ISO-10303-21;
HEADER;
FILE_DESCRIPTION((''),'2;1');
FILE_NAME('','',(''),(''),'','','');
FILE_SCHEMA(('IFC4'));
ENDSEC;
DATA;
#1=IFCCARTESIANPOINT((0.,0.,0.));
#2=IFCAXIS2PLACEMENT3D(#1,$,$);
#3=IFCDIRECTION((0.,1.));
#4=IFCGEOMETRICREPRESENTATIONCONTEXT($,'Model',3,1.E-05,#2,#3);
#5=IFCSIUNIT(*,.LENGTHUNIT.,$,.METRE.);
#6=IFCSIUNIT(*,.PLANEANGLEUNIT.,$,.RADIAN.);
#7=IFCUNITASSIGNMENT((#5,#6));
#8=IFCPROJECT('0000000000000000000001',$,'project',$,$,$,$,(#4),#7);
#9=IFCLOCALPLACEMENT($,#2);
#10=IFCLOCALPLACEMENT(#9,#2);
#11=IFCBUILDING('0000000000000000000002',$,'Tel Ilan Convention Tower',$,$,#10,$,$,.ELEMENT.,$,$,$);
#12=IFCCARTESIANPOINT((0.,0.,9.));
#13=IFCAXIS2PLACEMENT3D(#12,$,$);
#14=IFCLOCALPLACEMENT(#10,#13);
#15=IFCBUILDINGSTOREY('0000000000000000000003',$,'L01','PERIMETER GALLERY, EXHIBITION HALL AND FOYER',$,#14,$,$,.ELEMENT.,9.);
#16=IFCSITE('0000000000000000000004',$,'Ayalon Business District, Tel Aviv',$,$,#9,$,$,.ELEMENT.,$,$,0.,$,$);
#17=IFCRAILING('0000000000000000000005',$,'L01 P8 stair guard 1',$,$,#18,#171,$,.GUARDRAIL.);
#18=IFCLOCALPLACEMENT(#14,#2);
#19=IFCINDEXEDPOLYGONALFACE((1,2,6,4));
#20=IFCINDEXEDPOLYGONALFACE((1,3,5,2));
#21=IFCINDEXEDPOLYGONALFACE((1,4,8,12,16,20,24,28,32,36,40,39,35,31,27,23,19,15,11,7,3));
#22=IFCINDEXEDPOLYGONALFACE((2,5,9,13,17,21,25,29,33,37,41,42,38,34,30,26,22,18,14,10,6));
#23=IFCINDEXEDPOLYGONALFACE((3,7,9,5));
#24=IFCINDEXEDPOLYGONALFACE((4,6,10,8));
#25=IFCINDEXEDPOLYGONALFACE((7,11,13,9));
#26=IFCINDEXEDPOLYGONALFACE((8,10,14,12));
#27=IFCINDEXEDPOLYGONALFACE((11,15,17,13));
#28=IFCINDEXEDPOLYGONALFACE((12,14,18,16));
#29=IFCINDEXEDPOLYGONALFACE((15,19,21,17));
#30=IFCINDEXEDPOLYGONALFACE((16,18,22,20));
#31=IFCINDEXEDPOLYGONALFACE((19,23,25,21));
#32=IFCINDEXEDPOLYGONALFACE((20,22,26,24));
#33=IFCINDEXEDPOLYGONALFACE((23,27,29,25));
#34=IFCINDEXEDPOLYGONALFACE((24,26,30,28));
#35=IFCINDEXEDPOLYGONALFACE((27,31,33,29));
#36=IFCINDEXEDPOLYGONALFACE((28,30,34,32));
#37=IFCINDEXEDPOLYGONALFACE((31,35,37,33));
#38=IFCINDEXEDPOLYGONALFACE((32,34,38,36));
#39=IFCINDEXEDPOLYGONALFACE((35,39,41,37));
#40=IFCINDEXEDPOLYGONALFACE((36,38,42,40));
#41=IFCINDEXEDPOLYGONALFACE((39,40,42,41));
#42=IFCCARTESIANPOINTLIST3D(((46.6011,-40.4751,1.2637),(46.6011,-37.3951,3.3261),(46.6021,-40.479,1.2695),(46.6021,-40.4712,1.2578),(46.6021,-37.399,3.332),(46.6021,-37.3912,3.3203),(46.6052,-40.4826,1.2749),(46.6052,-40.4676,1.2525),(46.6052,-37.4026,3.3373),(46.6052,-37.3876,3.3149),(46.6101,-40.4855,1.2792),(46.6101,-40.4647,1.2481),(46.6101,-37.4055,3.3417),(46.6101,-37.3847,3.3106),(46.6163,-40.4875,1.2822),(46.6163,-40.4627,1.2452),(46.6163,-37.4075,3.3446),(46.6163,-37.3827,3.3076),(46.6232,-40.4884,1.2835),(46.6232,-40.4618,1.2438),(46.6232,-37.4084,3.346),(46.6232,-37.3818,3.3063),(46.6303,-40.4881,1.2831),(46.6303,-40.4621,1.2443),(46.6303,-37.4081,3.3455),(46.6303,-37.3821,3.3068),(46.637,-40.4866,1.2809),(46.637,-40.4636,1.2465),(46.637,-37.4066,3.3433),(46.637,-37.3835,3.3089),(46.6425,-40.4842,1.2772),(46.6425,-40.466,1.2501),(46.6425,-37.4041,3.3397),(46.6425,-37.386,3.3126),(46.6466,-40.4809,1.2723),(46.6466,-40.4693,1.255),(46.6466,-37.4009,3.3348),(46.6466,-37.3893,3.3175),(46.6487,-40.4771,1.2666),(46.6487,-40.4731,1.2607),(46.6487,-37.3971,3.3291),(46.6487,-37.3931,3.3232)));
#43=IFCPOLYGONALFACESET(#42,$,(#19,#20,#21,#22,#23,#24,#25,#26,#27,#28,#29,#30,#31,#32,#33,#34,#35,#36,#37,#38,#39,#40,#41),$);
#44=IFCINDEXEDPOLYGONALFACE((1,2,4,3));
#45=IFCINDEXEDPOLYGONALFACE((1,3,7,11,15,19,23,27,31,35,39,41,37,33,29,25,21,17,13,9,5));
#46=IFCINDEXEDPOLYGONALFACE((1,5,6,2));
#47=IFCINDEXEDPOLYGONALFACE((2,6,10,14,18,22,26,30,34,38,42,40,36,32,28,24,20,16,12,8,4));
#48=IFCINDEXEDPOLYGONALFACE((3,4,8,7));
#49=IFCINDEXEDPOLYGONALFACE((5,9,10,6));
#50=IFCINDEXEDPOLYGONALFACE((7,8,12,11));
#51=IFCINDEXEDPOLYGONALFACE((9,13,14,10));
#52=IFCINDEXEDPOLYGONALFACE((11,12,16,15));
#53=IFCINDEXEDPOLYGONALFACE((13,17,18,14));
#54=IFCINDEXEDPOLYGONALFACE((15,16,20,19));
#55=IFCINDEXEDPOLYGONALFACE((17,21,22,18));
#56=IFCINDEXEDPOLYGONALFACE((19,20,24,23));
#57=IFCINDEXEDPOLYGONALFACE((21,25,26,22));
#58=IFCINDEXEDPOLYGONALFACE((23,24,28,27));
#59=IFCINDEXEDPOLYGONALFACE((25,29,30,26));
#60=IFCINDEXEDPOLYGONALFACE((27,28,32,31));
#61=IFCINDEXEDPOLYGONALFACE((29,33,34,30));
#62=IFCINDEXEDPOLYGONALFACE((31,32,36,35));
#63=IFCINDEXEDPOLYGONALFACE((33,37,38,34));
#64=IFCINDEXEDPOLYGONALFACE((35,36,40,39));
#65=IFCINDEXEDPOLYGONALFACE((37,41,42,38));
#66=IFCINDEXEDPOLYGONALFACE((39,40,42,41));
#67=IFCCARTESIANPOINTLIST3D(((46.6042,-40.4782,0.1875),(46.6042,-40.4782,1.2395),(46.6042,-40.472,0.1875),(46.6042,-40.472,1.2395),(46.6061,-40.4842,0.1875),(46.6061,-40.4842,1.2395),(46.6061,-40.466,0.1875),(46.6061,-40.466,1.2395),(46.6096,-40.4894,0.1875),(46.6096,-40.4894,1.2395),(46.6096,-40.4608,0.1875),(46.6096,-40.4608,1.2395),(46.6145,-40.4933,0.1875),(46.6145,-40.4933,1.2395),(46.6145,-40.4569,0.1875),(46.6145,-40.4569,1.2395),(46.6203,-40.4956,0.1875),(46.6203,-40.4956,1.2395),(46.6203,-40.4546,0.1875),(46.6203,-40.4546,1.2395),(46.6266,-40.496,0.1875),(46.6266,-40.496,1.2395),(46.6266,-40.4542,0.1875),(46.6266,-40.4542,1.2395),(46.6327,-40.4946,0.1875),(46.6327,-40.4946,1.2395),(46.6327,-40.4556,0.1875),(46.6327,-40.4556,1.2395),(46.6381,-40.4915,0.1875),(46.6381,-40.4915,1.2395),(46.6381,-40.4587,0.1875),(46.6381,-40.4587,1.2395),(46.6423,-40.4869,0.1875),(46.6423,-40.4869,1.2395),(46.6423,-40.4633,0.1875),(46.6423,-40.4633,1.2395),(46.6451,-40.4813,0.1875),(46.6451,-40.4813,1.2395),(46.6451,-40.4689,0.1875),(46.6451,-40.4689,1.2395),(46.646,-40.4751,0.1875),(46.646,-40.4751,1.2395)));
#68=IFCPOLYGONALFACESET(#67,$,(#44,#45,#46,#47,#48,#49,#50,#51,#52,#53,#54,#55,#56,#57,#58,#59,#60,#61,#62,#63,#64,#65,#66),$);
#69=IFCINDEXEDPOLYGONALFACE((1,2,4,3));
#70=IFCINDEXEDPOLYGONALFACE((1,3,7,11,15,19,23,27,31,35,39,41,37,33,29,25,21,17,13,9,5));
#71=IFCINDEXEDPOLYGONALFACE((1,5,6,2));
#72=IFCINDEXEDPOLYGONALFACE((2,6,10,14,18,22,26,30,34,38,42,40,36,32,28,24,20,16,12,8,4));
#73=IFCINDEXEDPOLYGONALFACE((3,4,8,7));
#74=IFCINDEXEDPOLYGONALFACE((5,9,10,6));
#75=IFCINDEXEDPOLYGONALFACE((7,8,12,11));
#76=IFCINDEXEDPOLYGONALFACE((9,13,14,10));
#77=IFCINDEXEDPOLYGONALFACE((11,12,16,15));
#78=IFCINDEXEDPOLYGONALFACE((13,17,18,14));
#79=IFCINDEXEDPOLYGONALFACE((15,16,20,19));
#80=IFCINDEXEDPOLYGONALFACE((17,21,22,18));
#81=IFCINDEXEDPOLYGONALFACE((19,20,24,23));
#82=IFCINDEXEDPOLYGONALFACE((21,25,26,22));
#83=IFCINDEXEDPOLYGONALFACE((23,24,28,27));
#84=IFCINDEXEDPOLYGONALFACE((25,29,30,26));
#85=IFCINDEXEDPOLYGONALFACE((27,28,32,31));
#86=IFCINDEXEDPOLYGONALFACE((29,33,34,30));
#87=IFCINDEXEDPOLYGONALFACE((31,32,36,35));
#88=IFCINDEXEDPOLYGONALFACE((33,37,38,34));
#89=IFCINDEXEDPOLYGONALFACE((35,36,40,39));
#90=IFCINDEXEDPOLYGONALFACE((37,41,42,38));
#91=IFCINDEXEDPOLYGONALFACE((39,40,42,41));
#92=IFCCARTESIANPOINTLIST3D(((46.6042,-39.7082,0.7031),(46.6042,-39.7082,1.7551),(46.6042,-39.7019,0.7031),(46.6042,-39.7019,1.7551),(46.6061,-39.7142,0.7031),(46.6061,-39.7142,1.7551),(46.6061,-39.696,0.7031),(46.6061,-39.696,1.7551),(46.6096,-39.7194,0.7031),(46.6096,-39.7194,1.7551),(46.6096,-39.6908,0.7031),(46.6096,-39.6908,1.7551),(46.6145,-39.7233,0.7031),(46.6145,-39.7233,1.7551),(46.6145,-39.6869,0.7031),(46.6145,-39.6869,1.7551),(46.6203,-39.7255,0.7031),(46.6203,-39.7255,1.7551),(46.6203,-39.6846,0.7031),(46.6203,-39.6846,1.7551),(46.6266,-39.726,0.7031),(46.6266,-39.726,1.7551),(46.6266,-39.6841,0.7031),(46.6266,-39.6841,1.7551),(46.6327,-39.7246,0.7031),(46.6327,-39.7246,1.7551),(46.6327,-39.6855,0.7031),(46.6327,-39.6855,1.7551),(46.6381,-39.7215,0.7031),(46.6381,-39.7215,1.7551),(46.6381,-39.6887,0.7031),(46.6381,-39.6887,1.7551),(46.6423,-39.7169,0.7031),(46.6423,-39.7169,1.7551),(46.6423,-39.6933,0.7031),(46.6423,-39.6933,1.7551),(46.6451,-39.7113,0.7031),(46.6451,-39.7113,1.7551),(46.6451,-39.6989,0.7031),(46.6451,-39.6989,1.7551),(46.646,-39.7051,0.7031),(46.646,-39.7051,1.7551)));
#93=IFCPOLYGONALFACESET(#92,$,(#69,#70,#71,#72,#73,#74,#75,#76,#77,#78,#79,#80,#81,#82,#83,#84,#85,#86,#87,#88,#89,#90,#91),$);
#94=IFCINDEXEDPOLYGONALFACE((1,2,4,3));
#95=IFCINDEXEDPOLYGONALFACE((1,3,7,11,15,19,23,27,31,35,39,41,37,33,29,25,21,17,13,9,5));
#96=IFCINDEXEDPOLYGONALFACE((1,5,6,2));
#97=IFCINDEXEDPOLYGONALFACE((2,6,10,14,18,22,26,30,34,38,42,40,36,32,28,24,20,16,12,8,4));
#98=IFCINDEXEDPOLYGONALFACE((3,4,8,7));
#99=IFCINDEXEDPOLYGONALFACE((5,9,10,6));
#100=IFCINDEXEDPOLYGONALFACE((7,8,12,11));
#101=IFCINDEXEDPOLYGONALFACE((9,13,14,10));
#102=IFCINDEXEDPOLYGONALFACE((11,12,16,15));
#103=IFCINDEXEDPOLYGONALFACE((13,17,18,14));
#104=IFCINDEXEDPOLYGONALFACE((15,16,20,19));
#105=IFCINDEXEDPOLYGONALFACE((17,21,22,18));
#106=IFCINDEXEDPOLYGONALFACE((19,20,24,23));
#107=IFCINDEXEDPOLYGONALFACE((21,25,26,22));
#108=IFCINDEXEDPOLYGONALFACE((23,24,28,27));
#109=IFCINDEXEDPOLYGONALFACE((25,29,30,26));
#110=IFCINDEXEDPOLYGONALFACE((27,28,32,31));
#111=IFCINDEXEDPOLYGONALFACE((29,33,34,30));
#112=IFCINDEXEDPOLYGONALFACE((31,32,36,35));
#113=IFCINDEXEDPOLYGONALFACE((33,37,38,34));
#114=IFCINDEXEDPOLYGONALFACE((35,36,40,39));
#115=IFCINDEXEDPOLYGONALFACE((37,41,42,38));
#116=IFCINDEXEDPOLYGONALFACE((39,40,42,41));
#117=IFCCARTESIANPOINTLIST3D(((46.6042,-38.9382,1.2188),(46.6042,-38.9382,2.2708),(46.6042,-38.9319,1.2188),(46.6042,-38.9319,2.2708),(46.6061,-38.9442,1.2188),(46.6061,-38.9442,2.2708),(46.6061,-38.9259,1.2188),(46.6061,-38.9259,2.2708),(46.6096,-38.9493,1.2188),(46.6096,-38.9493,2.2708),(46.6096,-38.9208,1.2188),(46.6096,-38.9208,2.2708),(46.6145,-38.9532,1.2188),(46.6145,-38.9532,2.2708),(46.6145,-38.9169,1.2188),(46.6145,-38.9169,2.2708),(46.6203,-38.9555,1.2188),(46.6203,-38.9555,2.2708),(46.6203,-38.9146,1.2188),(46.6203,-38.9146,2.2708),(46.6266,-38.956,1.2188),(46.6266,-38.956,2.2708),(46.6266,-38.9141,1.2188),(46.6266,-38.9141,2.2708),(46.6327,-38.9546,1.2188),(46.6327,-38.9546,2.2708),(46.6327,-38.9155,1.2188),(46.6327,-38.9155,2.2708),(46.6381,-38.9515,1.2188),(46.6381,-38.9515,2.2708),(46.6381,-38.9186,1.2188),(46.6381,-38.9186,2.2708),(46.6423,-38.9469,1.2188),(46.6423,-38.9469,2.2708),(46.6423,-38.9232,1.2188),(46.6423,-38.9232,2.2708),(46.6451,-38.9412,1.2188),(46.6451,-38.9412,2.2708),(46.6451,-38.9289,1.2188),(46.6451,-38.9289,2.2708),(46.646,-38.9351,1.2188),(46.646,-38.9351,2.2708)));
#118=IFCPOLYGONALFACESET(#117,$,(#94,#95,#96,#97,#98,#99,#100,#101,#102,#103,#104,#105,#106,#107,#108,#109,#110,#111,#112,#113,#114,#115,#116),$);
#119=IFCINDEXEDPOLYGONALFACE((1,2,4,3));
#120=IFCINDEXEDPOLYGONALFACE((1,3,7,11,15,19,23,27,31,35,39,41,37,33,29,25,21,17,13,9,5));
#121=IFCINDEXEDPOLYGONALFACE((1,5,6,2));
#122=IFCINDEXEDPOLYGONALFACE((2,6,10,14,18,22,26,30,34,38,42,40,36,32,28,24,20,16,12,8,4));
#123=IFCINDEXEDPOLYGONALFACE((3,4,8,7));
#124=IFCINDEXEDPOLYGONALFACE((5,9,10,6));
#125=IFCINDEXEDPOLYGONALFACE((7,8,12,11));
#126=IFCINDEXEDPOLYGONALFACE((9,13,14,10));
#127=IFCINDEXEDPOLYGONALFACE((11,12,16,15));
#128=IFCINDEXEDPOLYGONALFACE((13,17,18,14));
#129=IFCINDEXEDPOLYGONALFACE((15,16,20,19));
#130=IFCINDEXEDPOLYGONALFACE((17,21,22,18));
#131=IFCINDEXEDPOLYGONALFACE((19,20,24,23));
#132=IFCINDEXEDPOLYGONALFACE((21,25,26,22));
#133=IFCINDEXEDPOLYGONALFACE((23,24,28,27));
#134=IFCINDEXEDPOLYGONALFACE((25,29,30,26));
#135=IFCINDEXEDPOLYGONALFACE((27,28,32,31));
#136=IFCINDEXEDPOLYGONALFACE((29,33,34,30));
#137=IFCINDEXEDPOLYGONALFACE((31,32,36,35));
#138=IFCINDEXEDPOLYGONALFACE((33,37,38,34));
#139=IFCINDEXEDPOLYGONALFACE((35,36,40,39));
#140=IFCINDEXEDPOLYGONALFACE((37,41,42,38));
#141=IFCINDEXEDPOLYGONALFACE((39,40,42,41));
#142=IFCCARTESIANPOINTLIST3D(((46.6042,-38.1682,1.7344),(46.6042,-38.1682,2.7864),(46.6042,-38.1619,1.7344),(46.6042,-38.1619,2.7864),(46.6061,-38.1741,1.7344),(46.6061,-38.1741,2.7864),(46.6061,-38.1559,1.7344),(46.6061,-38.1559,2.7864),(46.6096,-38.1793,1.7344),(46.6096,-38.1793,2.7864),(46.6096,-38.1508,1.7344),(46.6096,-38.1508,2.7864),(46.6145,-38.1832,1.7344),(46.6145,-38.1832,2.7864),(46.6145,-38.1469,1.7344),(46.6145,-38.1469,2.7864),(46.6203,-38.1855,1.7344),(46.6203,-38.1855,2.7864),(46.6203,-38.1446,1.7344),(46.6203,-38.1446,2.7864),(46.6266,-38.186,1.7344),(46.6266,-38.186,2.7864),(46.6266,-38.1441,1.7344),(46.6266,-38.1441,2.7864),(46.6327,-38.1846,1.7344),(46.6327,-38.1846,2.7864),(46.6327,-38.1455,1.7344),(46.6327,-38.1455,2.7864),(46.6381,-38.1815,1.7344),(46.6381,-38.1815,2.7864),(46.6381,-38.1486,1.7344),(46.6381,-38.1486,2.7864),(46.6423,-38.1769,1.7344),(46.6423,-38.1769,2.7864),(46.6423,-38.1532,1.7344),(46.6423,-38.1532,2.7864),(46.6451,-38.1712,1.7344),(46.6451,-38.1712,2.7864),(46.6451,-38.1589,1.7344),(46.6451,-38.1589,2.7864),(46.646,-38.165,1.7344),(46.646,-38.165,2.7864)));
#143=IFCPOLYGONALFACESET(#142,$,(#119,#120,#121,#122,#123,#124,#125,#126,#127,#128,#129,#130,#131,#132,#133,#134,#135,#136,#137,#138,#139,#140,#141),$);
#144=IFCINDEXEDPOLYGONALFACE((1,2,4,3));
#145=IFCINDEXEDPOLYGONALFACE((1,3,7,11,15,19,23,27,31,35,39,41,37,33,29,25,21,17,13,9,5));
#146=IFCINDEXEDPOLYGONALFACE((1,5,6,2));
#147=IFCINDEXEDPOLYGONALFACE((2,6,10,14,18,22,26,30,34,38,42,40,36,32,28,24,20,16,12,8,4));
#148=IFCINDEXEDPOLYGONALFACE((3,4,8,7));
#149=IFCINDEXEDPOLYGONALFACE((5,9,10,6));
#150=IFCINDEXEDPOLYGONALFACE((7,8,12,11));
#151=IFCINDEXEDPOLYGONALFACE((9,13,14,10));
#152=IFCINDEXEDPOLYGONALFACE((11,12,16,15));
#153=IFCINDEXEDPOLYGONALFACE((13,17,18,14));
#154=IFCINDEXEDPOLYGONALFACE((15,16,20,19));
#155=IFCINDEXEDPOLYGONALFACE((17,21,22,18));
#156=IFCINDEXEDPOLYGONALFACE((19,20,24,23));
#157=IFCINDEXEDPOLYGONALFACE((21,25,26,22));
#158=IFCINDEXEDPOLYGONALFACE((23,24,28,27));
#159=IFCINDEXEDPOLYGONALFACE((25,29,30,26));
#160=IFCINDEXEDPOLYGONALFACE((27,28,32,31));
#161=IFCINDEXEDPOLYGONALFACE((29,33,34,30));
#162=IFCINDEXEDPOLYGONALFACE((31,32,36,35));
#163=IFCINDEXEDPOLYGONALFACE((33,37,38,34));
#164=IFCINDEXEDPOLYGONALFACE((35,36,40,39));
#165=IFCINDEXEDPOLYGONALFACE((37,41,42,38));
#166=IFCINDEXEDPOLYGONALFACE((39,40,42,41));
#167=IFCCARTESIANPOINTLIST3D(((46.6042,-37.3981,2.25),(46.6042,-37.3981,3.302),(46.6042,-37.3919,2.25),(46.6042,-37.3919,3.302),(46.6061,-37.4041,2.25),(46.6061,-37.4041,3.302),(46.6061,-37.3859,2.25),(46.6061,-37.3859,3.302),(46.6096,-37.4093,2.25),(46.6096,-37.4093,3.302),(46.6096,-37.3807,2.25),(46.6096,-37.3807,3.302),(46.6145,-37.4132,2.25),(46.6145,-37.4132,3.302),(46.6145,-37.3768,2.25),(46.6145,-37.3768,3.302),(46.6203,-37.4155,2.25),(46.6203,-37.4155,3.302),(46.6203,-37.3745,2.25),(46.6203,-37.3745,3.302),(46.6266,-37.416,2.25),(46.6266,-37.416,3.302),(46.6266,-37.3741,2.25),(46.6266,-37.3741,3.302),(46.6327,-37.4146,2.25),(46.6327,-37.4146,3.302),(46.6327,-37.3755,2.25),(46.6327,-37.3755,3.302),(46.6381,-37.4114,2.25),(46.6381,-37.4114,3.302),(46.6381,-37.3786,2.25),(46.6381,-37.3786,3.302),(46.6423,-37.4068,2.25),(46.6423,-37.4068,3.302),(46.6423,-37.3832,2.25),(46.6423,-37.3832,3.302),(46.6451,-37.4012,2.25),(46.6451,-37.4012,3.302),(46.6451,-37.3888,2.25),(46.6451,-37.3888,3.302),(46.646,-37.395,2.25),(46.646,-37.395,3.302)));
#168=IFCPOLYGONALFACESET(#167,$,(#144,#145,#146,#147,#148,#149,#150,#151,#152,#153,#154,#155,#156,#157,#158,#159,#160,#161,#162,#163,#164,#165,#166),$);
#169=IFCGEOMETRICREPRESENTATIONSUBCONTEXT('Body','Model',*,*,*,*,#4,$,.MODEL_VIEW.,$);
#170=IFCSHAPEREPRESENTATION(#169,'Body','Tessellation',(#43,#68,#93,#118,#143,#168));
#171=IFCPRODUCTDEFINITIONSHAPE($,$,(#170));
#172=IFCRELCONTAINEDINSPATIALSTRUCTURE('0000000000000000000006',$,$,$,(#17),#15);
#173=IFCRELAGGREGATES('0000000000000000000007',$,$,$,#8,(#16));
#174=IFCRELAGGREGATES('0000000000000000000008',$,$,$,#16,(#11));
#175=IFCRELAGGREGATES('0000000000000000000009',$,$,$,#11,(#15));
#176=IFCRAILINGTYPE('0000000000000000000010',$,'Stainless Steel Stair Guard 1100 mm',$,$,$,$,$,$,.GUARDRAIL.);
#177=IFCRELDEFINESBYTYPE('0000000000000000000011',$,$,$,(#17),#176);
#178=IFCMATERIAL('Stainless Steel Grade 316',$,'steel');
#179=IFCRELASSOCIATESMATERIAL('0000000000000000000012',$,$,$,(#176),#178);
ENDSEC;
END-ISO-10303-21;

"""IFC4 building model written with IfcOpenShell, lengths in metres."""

from ifc_helpers import new_model, si_unit, direction, frame, origin, origin_2d, place, context, subcontext, project, spatial, circle, extrude, material, type_object, element, save


model = new_model("IFC4")

# Units and contexts
model_context = context("Model", 3, precision=1e-05, world=origin(), true_north=direction((0.0, 1.0)))
body_context = subcontext(model_context, "Body", "Model", "MODEL_VIEW")
ifc_project = project(units=[si_unit("LENGTHUNIT", "METRE"), si_unit("PLANEANGLEUNIT", "RADIAN")], contexts=[model_context])

# Site, building, storey
site_placement = place(None, origin())
site = spatial("IfcSite", under=ifc_project, at=site_placement, Name="Ayalon Business District, Tel Aviv", CompositionType="ELEMENT", RefElevation=0.0)
building_placement = place(site_placement, origin())
building = spatial("IfcBuilding", under=site, at=building_placement, Name="Tel Ilan Convention Tower", CompositionType="ELEMENT")
storey_placement = place(building_placement, frame((0.0, 0.0, 9.0)))
storey = spatial("IfcBuildingStorey", under=building, at=storey_placement, Name="L01", Description="PERIMETER GALLERY, EXHIBITION HALL AND FOYER", CompositionType="ELEMENT", Elevation=9.0)

# Railing
ifc_material_1 = material(Name="Stainless Steel Grade 316", Category="steel")
railing_type_1 = type_object("IfcRailingType", Name="Stainless Steel Stair Guard 1100 mm", PredefinedType="GUARDRAIL", material=ifc_material_1)
railing_1_placement = place(storey_placement, frame((46.625, -40.4751, 0.1875)))
element("IfcRailing", 1, at=railing_1_placement, inside=storey, type_object=railing_type_1, Name="L01 P8 stair guard 1", PredefinedType="GUARDRAIL", context=body_context, shape_type="SweptSolid", body=[
    extrude(circle(Radius=0.0239, at=origin_2d()), frame((0.0, 0.0, 1.0762), z_axis=(0.0, 0.830914, 0.556401), x_axis=(-1.0, 0.0, 0.0)), (0.0, 0.0, 1.0), 3.7068),
    extrude(circle(Radius=0.021, at=origin_2d()), origin(), (0.0, 0.0, 1.0), 1.052),
    extrude(circle(Radius=0.021, at=origin_2d()), frame((0.0, 0.77, 0.5156)), (0.0, 0.0, 1.0), 1.052),
    extrude(circle(Radius=0.021, at=origin_2d()), frame((0.0, 1.54, 1.0312)), (0.0, 0.0, 1.0), 1.052),
    extrude(circle(Radius=0.021, at=origin_2d()), frame((0.0, 2.3101, 1.5469)), (0.0, 0.0, 1.0), 1.052),
    extrude(circle(Radius=0.021, at=origin_2d()), frame((0.0, 3.0801, 2.0625)), (0.0, 0.0, 1.0), 1.052),
])

save(model, "model.ifc")
